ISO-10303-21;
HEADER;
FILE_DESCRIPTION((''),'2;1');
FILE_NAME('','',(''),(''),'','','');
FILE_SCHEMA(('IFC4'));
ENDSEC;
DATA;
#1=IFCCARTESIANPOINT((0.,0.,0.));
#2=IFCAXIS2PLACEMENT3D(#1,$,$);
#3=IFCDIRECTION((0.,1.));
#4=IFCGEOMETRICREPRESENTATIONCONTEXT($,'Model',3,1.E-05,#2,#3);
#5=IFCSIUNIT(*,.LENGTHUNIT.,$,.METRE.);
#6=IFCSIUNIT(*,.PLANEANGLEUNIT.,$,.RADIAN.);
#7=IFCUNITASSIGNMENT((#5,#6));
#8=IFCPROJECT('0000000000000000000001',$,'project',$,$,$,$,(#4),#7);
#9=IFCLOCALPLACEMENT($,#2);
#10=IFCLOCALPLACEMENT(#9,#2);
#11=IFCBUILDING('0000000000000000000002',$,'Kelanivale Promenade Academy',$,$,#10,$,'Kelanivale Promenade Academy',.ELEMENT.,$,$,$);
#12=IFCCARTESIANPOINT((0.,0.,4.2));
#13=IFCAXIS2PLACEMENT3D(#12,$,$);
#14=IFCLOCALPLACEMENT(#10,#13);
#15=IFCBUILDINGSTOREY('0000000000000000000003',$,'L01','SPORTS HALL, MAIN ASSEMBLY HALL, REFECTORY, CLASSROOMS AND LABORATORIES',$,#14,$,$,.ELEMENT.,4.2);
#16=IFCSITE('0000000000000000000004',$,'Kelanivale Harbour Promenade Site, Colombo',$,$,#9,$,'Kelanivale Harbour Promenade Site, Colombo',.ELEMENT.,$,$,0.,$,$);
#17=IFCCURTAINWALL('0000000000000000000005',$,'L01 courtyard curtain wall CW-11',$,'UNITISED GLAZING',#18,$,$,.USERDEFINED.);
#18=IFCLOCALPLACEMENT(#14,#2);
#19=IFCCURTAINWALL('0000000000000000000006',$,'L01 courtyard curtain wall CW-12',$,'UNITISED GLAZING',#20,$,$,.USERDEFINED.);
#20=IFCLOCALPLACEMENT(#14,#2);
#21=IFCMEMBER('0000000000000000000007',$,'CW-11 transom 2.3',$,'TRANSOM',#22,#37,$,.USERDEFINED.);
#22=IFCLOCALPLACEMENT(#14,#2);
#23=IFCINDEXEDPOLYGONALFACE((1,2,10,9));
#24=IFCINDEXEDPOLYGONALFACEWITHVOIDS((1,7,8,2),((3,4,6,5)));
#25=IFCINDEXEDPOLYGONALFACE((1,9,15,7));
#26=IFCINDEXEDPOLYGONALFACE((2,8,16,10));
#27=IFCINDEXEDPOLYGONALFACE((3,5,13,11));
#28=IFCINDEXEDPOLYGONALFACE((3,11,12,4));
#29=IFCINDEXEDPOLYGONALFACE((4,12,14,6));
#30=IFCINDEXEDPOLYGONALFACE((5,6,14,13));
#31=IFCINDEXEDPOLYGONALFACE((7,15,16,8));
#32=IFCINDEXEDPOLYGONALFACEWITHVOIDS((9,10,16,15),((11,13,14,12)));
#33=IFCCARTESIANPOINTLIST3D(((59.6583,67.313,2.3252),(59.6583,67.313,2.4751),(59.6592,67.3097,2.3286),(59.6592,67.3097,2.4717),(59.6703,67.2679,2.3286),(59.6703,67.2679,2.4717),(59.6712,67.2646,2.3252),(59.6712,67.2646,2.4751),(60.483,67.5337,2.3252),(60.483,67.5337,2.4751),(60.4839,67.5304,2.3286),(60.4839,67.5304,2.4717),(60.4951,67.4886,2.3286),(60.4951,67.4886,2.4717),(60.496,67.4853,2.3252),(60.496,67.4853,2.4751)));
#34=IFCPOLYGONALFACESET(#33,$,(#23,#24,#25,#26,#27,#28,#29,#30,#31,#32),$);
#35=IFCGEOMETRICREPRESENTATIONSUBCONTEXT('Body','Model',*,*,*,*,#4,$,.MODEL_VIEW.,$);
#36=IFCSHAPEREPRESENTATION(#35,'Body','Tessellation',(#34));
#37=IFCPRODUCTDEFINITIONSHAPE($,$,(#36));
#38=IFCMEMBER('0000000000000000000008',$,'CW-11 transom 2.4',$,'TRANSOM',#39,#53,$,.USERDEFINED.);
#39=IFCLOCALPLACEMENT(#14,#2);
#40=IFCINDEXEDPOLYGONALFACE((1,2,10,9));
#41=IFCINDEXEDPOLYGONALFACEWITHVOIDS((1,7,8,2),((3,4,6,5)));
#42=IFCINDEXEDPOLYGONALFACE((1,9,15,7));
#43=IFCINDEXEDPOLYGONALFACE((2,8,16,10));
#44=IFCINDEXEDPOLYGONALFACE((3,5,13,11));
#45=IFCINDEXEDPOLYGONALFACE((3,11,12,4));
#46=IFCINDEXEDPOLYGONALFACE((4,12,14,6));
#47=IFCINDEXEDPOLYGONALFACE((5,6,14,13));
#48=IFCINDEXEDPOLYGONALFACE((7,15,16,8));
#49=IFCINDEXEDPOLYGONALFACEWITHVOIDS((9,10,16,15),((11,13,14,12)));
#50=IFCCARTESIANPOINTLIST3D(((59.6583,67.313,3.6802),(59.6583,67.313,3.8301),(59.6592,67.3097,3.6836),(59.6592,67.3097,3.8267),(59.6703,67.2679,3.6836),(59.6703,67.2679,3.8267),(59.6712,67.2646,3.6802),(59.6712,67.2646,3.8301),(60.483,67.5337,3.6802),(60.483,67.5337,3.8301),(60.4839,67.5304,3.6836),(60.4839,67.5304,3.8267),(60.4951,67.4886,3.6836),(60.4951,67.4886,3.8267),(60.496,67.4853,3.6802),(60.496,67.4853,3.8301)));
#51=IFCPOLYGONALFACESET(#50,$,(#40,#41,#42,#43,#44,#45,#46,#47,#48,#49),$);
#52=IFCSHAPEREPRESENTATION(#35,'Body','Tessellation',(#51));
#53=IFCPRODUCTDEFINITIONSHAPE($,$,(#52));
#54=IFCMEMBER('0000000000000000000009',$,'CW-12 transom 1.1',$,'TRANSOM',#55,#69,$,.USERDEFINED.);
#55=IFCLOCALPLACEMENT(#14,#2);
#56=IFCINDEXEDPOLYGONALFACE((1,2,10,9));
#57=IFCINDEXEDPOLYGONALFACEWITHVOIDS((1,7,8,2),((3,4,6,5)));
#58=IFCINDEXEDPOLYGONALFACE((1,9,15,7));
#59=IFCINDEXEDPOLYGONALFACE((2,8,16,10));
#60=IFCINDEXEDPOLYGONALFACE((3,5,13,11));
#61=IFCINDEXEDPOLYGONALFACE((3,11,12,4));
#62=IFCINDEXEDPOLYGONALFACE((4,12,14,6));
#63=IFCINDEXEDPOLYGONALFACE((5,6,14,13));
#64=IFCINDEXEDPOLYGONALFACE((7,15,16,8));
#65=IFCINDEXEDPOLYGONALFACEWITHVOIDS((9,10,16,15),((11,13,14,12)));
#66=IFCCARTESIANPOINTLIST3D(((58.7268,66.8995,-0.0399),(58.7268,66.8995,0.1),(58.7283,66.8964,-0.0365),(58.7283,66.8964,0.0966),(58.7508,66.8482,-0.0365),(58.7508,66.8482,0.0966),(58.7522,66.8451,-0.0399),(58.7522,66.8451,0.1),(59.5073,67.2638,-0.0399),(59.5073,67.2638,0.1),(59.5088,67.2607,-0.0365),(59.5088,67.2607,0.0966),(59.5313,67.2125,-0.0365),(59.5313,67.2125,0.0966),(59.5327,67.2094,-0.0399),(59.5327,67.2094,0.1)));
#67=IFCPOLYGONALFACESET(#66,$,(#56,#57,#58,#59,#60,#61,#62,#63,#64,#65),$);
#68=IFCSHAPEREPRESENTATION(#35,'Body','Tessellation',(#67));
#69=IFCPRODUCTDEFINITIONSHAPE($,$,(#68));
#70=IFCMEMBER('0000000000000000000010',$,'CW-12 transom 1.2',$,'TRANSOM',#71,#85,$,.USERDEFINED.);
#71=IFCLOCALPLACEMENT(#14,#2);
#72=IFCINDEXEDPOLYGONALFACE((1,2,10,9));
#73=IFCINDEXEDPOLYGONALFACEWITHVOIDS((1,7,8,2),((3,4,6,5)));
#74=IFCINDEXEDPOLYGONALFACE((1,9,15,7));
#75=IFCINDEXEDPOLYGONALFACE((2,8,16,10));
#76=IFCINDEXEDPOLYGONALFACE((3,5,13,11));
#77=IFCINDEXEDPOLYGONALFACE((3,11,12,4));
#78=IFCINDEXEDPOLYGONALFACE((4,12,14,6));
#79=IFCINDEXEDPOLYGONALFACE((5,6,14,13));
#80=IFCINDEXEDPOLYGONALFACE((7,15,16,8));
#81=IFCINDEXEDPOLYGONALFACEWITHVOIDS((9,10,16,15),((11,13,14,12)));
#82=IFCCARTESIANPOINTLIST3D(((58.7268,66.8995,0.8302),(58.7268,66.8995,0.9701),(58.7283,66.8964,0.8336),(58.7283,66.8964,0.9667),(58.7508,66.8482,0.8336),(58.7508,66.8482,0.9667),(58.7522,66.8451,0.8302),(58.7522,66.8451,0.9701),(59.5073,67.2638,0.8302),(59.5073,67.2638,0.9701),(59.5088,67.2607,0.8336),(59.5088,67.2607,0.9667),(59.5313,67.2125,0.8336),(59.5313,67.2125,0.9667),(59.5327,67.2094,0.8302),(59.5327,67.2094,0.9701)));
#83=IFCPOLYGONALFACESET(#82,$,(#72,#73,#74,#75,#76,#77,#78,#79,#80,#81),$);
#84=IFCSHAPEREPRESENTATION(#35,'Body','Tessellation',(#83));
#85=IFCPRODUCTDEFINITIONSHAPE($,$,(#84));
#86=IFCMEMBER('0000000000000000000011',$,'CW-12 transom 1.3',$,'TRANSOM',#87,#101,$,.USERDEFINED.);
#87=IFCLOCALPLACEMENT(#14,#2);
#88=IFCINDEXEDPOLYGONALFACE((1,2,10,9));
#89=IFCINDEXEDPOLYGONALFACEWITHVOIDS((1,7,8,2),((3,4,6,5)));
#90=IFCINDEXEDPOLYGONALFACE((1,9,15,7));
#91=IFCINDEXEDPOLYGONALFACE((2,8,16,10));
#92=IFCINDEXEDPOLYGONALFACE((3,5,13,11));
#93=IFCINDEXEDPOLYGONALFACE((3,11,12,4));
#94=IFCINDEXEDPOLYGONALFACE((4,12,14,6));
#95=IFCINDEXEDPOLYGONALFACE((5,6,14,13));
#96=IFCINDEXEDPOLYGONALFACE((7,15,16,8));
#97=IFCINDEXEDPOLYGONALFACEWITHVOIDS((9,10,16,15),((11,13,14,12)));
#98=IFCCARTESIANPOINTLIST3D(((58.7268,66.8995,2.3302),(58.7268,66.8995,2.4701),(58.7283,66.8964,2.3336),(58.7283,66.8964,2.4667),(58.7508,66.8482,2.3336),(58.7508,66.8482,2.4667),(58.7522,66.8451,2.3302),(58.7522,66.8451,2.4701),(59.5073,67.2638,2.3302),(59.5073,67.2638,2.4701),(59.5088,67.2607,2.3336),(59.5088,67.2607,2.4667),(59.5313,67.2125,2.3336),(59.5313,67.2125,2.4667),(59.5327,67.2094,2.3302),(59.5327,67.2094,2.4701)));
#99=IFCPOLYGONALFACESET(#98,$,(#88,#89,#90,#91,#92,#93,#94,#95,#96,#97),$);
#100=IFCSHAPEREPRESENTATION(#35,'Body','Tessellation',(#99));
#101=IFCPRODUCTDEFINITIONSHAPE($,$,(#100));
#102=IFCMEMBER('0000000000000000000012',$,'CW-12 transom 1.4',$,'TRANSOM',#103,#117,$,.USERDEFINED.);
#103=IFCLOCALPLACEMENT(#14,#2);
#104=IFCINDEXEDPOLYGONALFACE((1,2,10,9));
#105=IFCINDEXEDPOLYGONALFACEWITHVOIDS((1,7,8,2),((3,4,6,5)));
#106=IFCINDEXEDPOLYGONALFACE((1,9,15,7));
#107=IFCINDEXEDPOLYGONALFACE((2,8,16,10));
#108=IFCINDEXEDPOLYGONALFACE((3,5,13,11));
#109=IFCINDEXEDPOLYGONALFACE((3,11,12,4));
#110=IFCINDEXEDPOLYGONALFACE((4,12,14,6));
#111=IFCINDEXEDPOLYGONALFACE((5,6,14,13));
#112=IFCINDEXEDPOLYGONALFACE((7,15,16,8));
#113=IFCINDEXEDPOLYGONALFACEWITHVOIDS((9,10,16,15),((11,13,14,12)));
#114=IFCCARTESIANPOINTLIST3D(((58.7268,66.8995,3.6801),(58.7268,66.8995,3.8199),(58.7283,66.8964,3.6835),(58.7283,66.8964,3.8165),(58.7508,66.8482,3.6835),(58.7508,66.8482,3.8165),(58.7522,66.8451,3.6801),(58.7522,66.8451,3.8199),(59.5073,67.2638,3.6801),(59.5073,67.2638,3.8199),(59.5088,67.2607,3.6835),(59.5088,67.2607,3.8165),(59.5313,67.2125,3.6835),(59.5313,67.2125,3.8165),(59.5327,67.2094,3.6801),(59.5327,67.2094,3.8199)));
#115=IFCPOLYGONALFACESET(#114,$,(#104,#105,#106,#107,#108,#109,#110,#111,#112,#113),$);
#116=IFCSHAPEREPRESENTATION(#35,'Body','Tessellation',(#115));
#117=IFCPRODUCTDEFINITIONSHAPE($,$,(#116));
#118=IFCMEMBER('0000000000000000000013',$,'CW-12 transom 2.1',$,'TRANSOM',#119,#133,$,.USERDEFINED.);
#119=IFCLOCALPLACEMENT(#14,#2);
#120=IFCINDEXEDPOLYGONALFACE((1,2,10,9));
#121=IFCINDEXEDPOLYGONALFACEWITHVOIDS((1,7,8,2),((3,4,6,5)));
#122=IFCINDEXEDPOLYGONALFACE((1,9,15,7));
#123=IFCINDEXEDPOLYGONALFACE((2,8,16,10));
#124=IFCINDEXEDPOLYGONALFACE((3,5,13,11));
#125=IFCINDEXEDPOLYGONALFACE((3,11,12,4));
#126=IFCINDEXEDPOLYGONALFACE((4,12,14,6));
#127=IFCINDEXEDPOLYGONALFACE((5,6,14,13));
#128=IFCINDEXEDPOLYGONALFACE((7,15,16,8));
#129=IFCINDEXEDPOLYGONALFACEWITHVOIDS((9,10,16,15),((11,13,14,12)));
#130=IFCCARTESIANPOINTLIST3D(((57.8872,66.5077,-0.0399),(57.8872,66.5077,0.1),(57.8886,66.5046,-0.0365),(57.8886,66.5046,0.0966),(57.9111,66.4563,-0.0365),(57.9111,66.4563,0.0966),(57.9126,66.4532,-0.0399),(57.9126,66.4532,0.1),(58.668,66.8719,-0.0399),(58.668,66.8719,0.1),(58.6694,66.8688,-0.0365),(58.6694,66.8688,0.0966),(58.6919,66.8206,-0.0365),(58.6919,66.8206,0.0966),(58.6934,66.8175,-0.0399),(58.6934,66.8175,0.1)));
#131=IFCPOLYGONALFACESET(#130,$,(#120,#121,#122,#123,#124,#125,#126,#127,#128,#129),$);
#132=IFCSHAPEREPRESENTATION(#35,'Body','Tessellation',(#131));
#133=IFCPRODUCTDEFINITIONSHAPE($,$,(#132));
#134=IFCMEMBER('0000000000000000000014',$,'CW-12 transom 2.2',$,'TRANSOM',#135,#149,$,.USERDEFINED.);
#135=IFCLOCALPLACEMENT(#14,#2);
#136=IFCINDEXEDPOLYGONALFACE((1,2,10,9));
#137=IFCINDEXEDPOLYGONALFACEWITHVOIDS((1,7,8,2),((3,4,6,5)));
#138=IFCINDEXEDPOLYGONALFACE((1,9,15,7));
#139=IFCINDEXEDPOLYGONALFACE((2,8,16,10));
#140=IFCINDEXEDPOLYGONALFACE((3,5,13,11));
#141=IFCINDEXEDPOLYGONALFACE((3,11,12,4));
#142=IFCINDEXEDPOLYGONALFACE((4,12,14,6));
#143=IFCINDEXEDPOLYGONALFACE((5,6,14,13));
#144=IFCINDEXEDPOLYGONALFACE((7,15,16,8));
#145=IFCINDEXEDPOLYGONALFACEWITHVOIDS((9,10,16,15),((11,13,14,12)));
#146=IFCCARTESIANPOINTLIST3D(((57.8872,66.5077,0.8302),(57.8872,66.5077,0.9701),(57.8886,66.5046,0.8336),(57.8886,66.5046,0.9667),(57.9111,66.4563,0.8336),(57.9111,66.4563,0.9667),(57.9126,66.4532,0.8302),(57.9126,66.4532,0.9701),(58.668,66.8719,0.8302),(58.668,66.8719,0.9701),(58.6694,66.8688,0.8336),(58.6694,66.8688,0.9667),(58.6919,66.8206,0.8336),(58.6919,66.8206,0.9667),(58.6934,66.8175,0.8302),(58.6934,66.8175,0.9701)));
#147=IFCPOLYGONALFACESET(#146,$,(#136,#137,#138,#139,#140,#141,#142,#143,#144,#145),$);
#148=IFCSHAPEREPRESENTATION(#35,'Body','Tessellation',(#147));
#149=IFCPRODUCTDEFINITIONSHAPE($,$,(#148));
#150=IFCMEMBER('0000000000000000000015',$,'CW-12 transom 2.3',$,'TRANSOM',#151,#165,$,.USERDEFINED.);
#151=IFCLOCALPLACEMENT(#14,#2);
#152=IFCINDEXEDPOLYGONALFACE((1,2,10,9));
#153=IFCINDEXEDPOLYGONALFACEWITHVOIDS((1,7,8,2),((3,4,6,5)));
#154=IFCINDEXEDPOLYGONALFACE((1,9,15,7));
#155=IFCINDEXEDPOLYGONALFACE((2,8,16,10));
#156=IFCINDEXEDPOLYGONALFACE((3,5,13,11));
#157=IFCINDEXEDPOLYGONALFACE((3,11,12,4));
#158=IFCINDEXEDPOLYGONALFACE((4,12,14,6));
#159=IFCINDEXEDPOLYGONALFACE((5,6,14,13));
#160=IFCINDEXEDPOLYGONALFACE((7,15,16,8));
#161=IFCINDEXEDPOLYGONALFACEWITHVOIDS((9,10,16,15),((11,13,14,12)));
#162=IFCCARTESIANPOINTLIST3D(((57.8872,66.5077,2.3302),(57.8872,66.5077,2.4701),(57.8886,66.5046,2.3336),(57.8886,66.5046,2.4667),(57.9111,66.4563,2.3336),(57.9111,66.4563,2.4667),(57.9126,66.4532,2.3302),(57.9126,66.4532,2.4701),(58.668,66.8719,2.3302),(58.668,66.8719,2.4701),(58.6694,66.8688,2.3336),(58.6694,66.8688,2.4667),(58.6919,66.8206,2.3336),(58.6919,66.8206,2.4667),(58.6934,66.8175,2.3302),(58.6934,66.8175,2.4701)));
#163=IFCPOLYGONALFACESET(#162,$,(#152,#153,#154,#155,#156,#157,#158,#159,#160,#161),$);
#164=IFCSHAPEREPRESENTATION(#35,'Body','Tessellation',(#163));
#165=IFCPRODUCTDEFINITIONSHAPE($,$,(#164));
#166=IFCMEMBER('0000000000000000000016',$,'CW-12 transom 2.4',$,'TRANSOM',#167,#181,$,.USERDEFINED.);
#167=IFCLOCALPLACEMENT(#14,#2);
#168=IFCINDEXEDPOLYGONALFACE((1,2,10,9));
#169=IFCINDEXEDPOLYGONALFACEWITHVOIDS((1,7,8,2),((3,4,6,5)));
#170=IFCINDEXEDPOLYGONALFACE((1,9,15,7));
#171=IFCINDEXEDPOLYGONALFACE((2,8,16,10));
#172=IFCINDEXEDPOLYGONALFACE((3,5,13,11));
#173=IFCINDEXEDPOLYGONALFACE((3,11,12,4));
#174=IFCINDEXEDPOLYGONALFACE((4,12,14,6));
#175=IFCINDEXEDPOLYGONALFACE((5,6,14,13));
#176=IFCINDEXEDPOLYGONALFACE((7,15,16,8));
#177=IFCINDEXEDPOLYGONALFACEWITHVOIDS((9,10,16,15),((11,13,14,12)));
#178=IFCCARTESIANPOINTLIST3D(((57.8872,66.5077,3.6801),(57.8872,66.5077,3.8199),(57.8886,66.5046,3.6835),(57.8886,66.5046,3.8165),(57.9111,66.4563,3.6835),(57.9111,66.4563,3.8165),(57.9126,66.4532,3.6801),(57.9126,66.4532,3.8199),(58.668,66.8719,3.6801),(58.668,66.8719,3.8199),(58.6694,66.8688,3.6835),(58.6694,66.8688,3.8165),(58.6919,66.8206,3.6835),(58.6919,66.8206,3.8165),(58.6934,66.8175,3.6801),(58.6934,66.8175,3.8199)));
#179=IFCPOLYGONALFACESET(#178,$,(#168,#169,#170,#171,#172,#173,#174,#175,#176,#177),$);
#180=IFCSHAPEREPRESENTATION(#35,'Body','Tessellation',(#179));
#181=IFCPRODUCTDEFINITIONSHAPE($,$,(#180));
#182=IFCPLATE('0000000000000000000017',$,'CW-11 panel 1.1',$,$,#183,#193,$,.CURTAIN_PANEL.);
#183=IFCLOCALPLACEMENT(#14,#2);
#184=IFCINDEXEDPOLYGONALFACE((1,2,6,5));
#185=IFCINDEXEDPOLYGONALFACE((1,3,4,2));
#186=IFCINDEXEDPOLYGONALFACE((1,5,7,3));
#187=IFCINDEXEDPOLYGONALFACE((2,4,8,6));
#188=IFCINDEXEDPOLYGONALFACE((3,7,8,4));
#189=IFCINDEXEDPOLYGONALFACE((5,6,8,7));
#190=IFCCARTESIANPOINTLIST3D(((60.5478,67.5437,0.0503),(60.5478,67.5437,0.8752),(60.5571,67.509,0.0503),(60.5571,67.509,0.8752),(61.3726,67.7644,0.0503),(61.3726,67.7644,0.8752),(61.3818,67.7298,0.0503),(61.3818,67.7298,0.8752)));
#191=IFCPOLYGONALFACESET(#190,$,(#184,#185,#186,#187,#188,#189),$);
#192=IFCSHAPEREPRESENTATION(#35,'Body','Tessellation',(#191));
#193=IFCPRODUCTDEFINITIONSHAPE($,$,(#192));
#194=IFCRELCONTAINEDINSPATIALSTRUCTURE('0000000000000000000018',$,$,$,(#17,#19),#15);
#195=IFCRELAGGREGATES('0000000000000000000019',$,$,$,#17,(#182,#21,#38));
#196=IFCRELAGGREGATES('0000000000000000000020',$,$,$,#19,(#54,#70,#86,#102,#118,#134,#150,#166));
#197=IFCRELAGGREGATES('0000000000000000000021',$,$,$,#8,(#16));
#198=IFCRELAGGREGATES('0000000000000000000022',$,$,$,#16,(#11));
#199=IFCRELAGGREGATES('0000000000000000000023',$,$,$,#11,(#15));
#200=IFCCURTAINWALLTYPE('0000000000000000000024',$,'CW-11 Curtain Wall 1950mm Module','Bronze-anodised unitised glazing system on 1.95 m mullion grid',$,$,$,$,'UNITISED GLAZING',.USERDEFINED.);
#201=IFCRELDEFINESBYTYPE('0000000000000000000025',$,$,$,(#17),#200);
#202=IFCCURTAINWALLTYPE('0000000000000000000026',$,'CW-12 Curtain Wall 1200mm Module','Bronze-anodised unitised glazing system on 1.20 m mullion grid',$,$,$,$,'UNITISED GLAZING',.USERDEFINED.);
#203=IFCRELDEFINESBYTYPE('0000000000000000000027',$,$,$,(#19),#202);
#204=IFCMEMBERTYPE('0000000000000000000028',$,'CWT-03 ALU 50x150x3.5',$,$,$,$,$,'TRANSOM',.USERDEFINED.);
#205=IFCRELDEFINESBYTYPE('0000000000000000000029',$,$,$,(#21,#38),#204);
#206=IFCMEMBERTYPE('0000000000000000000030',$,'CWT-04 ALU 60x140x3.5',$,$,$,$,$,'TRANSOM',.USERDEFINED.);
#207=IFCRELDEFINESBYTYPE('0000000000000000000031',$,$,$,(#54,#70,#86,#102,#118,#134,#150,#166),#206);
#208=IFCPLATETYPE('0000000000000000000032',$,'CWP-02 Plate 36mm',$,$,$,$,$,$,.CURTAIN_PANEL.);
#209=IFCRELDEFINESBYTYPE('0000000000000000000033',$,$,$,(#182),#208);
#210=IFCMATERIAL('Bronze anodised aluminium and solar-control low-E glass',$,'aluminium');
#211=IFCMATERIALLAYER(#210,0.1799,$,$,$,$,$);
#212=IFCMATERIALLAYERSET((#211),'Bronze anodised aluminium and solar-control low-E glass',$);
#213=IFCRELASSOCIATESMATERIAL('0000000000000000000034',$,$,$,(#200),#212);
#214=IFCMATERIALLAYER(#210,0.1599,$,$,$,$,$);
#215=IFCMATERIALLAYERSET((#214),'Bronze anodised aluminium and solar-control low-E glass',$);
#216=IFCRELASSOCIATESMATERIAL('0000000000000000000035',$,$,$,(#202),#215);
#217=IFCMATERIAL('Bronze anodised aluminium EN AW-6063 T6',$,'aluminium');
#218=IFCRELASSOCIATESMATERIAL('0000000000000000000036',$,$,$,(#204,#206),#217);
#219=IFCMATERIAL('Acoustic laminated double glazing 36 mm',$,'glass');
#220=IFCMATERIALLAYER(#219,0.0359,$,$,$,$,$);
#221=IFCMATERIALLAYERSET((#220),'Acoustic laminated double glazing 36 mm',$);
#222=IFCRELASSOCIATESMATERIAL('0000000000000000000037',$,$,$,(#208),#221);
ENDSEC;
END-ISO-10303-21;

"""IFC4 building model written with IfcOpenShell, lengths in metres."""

from ifc_helpers import new_model, si_unit, direction, frame, origin, origin_2d, place, context, subcontext, project, spatial, rectangle, hollow_rectangle, extrude, material, layer, layer_set, material_profile, profile_set, type_object, element, aggregate, save


model = new_model("IFC4")

# Units and contexts
model_context = context("Model", 3, precision=1e-05, world=origin(), true_north=direction((0.0, 1.0)))
body_context = subcontext(model_context, "Body", "Model", "MODEL_VIEW")
ifc_project = project(units=[si_unit("LENGTHUNIT", "METRE"), si_unit("PLANEANGLEUNIT", "RADIAN")], contexts=[model_context])

# Site, building, storey
site_placement = place(None, origin())
site = spatial("IfcSite", under=ifc_project, at=site_placement, Name="Kelanivale Harbour Promenade Site, Colombo", LongName="Kelanivale Harbour Promenade Site, Colombo", CompositionType="ELEMENT", RefElevation=0.0)
building_placement = place(site_placement, origin())
building = spatial("IfcBuilding", under=site, at=building_placement, Name="Kelanivale Promenade Academy", LongName="Kelanivale Promenade Academy", CompositionType="ELEMENT")
storey_placement = place(building_placement, frame((0.0, 0.0, 4.2)))
storey = spatial("IfcBuildingStorey", under=building, at=storey_placement, Name="L01", Description="SPORTS HALL, MAIN ASSEMBLY HALL, REFECTORY, CLASSROOMS AND LABORATORIES", CompositionType="ELEMENT", Elevation=4.2)

# Curtain walls
ifc_material_1 = material(Name="Bronze anodised aluminium and solar-control low-E glass", Category="aluminium")
ifc_layer_1 = layer(ifc_material_1, 0.1799)
ifc_layer_set_1 = layer_set([ifc_layer_1], Name="Bronze anodised aluminium and solar-control low-E glass")
curtain_wall_type_1 = type_object("IfcCurtainWallType", Name="CW-11 Curtain Wall 1950mm Module", Description="Bronze-anodised unitised glazing system on 1.95 m mullion grid", ElementType="UNITISED GLAZING", PredefinedType="USERDEFINED", material=ifc_layer_set_1)
curtain_wall_1_placement = place(storey_placement, origin())
curtain_wall_1 = element("IfcCurtainWall", 1, at=curtain_wall_1_placement, inside=storey, type_object=curtain_wall_type_1, Name="L01 courtyard curtain wall CW-11", ObjectType="UNITISED GLAZING", PredefinedType="USERDEFINED")
ifc_material_2 = material(Name="Bronze anodised aluminium EN AW-6063 T6", Category="aluminium")
ifc_layer_2 = layer(ifc_material_1, 0.1599)
ifc_layer_set_2 = layer_set([ifc_layer_2], Name="Bronze anodised aluminium and solar-control low-E glass")
curtain_wall_type_2 = type_object("IfcCurtainWallType", Name="CW-12 Curtain Wall 1200mm Module", Description="Bronze-anodised unitised glazing system on 1.20 m mullion grid", ElementType="UNITISED GLAZING", PredefinedType="USERDEFINED", material=ifc_layer_set_2)
curtain_wall_2_placement = place(storey_placement, origin())
curtain_wall_2 = element("IfcCurtainWall", 2, at=curtain_wall_2_placement, inside=storey, type_object=curtain_wall_type_2, Name="L01 courtyard curtain wall CW-12", ObjectType="UNITISED GLAZING", PredefinedType="USERDEFINED")

# Members
ifc_material_profile_1 = material_profile(ifc_material_2, hollow_rectangle(XDim=0.05, YDim=0.1499, WallThickness=0.0034, at=origin_2d()), Name="ALU 50x150x3.5")
ifc_profile_set_1 = profile_set([ifc_material_profile_1], Name="Bronze anodised aluminium EN AW-6063 T6")
member_type_1 = type_object("IfcMemberType", Name="CWT-03 ALU 50x150x3.5", ElementType="TRANSOM", PredefinedType="USERDEFINED", material=ifc_profile_set_1)
member_1_placement = place(storey_placement, frame((60.4895, 67.5095, 2.4001), z_axis=(-0.966007, -0.258517, 0.0), x_axis=(0.258517, -0.966007, 0.0)))
member_1 = element("IfcMember", 3, at=member_1_placement, type_object=member_type_1, Name="CW-11 transom 2.3", ObjectType="TRANSOM", PredefinedType="USERDEFINED", context=body_context, shape_type="SweptSolid", body=[
    extrude(hollow_rectangle(XDim=0.05, YDim=0.1499, WallThickness=0.0034, at=origin_2d()), origin(), (0.0, 0.0, 1.0), 0.8538),
])
member_2_placement = place(storey_placement, frame((60.4895, 67.5095, 3.7551), z_axis=(-0.966007, -0.258517, 0.0), x_axis=(0.258517, -0.966007, 0.0)))
member_2 = element("IfcMember", 4, at=member_2_placement, type_object=member_type_1, Name="CW-11 transom 2.4", ObjectType="TRANSOM", PredefinedType="USERDEFINED", context=body_context, shape_type="SweptSolid", body=[
    extrude(hollow_rectangle(XDim=0.05, YDim=0.1499, WallThickness=0.0034, at=origin_2d()), origin(), (0.0, 0.0, 1.0), 0.8538),
])
ifc_material_profile_2 = material_profile(ifc_material_2, hollow_rectangle(XDim=0.0601, YDim=0.1399, WallThickness=0.0034, at=origin_2d()), Name="ALU 60x140x3.5")
ifc_profile_set_2 = profile_set([ifc_material_profile_2], Name="Bronze anodised aluminium EN AW-6063 T6")
member_type_2 = type_object("IfcMemberType", Name="CWT-04 ALU 60x140x3.5", ElementType="TRANSOM", PredefinedType="USERDEFINED", material=ifc_profile_set_2)
member_3_placement = place(storey_placement, frame((59.52, 67.2366, 0.03), z_axis=(-0.906176, -0.422901, 0.0), x_axis=(0.422901, -0.906176, 0.0)))
member_3 = element("IfcMember", 5, at=member_3_placement, type_object=member_type_2, Name="CW-12 transom 1.1", ObjectType="TRANSOM", PredefinedType="USERDEFINED", context=body_context, shape_type="SweptSolid", body=[
    extrude(hollow_rectangle(XDim=0.0601, YDim=0.1399, WallThickness=0.0034, at=origin_2d()), origin(), (0.0, 0.0, 1.0), 0.8613),
])
member_4_placement = place(storey_placement, frame((59.52, 67.2366, 0.9001), z_axis=(-0.906176, -0.422901, 0.0), x_axis=(0.422901, -0.906176, 0.0)))
member_4 = element("IfcMember", 6, at=member_4_placement, type_object=member_type_2, Name="CW-12 transom 1.2", ObjectType="TRANSOM", PredefinedType="USERDEFINED", context=body_context, shape_type="SweptSolid", body=[
    extrude(hollow_rectangle(XDim=0.0601, YDim=0.1399, WallThickness=0.0034, at=origin_2d()), origin(), (0.0, 0.0, 1.0), 0.8613),
])
member_5_placement = place(storey_placement, frame((59.52, 67.2366, 2.4001), z_axis=(-0.906176, -0.422901, 0.0), x_axis=(0.422901, -0.906176, 0.0)))
member_5 = element("IfcMember", 7, at=member_5_placement, type_object=member_type_2, Name="CW-12 transom 1.3", ObjectType="TRANSOM", PredefinedType="USERDEFINED", context=body_context, shape_type="SweptSolid", body=[
    extrude(hollow_rectangle(XDim=0.0601, YDim=0.1399, WallThickness=0.0034, at=origin_2d()), origin(), (0.0, 0.0, 1.0), 0.8613),
])
member_6_placement = place(storey_placement, frame((59.52, 67.2366, 3.75), z_axis=(-0.906176, -0.422901, 0.0), x_axis=(0.422901, -0.906176, 0.0)))
member_6 = element("IfcMember", 8, at=member_6_placement, type_object=member_type_2, Name="CW-12 transom 1.4", ObjectType="TRANSOM", PredefinedType="USERDEFINED", context=body_context, shape_type="SweptSolid", body=[
    extrude(hollow_rectangle(XDim=0.0601, YDim=0.1399, WallThickness=0.0034, at=origin_2d()), origin(), (0.0, 0.0, 1.0), 0.8613),
])
member_7_placement = place(storey_placement, frame((58.6807, 66.8447, 0.03), z_axis=(-0.906227, -0.422792, 0.0), x_axis=(0.422792, -0.906227, 0.0)))
member_7 = element("IfcMember", 9, at=member_7_placement, type_object=member_type_2, Name="CW-12 transom 2.1", ObjectType="TRANSOM", PredefinedType="USERDEFINED", context=body_context, shape_type="SweptSolid", body=[
    extrude(hollow_rectangle(XDim=0.0601, YDim=0.1399, WallThickness=0.0034, at=origin_2d()), origin(), (0.0, 0.0, 1.0), 0.8616),
])
member_8_placement = place(storey_placement, frame((58.6807, 66.8447, 0.9001), z_axis=(-0.906227, -0.422792, 0.0), x_axis=(0.422792, -0.906227, 0.0)))
member_8 = element("IfcMember", 10, at=member_8_placement, type_object=member_type_2, Name="CW-12 transom 2.2", ObjectType="TRANSOM", PredefinedType="USERDEFINED", context=body_context, shape_type="SweptSolid", body=[
    extrude(hollow_rectangle(XDim=0.0601, YDim=0.1399, WallThickness=0.0034, at=origin_2d()), origin(), (0.0, 0.0, 1.0), 0.8616),
])
member_9_placement = place(storey_placement, frame((58.6807, 66.8447, 2.4001), z_axis=(-0.906227, -0.422792, 0.0), x_axis=(0.422792, -0.906227, 0.0)))
member_9 = element("IfcMember", 11, at=member_9_placement, type_object=member_type_2, Name="CW-12 transom 2.3", ObjectType="TRANSOM", PredefinedType="USERDEFINED", context=body_context, shape_type="SweptSolid", body=[
    extrude(hollow_rectangle(XDim=0.0601, YDim=0.1399, WallThickness=0.0034, at=origin_2d()), origin(), (0.0, 0.0, 1.0), 0.8616),
])
member_10_placement = place(storey_placement, frame((58.6807, 66.8447, 3.75), z_axis=(-0.906227, -0.422792, 0.0), x_axis=(0.422792, -0.906227, 0.0)))
member_10 = element("IfcMember", 12, at=member_10_placement, type_object=member_type_2, Name="CW-12 transom 2.4", ObjectType="TRANSOM", PredefinedType="USERDEFINED", context=body_context, shape_type="SweptSolid", body=[
    extrude(hollow_rectangle(XDim=0.0601, YDim=0.1399, WallThickness=0.0034, at=origin_2d()), origin(), (0.0, 0.0, 1.0), 0.8616),
])

# Plate
ifc_material_3 = material(Name="Acoustic laminated double glazing 36 mm", Category="glass")
ifc_layer_3 = layer(ifc_material_3, 0.0359)
ifc_layer_set_3 = layer_set([ifc_layer_3], Name="Acoustic laminated double glazing 36 mm")
plate_type_1 = type_object("IfcPlateType", Name="CWP-02 Plate 36mm", PredefinedType="CURTAIN_PANEL", material=ifc_layer_set_3)
plate_1_placement = place(storey_placement, frame((60.9648, 67.6367, 0.0503), z_axis=(0.0, 0.0, 1.0), x_axis=(-0.96599, -0.258578, 0.0)))
plate_1 = element("IfcPlate", 13, at=plate_1_placement, type_object=plate_type_1, Name="CW-11 panel 1.1", PredefinedType="CURTAIN_PANEL", context=body_context, shape_type="SweptSolid", body=[
    extrude(rectangle(XDim=0.8538, YDim=0.0359, at=origin_2d()), origin(), (0.0, 0.0, 1.0), 0.825),
])
aggregate(curtain_wall_1, [plate_1, member_1, member_2])
aggregate(curtain_wall_2, [member_3, member_4, member_5, member_6, member_7, member_8, member_9, member_10])

save(model, "model.ifc")
